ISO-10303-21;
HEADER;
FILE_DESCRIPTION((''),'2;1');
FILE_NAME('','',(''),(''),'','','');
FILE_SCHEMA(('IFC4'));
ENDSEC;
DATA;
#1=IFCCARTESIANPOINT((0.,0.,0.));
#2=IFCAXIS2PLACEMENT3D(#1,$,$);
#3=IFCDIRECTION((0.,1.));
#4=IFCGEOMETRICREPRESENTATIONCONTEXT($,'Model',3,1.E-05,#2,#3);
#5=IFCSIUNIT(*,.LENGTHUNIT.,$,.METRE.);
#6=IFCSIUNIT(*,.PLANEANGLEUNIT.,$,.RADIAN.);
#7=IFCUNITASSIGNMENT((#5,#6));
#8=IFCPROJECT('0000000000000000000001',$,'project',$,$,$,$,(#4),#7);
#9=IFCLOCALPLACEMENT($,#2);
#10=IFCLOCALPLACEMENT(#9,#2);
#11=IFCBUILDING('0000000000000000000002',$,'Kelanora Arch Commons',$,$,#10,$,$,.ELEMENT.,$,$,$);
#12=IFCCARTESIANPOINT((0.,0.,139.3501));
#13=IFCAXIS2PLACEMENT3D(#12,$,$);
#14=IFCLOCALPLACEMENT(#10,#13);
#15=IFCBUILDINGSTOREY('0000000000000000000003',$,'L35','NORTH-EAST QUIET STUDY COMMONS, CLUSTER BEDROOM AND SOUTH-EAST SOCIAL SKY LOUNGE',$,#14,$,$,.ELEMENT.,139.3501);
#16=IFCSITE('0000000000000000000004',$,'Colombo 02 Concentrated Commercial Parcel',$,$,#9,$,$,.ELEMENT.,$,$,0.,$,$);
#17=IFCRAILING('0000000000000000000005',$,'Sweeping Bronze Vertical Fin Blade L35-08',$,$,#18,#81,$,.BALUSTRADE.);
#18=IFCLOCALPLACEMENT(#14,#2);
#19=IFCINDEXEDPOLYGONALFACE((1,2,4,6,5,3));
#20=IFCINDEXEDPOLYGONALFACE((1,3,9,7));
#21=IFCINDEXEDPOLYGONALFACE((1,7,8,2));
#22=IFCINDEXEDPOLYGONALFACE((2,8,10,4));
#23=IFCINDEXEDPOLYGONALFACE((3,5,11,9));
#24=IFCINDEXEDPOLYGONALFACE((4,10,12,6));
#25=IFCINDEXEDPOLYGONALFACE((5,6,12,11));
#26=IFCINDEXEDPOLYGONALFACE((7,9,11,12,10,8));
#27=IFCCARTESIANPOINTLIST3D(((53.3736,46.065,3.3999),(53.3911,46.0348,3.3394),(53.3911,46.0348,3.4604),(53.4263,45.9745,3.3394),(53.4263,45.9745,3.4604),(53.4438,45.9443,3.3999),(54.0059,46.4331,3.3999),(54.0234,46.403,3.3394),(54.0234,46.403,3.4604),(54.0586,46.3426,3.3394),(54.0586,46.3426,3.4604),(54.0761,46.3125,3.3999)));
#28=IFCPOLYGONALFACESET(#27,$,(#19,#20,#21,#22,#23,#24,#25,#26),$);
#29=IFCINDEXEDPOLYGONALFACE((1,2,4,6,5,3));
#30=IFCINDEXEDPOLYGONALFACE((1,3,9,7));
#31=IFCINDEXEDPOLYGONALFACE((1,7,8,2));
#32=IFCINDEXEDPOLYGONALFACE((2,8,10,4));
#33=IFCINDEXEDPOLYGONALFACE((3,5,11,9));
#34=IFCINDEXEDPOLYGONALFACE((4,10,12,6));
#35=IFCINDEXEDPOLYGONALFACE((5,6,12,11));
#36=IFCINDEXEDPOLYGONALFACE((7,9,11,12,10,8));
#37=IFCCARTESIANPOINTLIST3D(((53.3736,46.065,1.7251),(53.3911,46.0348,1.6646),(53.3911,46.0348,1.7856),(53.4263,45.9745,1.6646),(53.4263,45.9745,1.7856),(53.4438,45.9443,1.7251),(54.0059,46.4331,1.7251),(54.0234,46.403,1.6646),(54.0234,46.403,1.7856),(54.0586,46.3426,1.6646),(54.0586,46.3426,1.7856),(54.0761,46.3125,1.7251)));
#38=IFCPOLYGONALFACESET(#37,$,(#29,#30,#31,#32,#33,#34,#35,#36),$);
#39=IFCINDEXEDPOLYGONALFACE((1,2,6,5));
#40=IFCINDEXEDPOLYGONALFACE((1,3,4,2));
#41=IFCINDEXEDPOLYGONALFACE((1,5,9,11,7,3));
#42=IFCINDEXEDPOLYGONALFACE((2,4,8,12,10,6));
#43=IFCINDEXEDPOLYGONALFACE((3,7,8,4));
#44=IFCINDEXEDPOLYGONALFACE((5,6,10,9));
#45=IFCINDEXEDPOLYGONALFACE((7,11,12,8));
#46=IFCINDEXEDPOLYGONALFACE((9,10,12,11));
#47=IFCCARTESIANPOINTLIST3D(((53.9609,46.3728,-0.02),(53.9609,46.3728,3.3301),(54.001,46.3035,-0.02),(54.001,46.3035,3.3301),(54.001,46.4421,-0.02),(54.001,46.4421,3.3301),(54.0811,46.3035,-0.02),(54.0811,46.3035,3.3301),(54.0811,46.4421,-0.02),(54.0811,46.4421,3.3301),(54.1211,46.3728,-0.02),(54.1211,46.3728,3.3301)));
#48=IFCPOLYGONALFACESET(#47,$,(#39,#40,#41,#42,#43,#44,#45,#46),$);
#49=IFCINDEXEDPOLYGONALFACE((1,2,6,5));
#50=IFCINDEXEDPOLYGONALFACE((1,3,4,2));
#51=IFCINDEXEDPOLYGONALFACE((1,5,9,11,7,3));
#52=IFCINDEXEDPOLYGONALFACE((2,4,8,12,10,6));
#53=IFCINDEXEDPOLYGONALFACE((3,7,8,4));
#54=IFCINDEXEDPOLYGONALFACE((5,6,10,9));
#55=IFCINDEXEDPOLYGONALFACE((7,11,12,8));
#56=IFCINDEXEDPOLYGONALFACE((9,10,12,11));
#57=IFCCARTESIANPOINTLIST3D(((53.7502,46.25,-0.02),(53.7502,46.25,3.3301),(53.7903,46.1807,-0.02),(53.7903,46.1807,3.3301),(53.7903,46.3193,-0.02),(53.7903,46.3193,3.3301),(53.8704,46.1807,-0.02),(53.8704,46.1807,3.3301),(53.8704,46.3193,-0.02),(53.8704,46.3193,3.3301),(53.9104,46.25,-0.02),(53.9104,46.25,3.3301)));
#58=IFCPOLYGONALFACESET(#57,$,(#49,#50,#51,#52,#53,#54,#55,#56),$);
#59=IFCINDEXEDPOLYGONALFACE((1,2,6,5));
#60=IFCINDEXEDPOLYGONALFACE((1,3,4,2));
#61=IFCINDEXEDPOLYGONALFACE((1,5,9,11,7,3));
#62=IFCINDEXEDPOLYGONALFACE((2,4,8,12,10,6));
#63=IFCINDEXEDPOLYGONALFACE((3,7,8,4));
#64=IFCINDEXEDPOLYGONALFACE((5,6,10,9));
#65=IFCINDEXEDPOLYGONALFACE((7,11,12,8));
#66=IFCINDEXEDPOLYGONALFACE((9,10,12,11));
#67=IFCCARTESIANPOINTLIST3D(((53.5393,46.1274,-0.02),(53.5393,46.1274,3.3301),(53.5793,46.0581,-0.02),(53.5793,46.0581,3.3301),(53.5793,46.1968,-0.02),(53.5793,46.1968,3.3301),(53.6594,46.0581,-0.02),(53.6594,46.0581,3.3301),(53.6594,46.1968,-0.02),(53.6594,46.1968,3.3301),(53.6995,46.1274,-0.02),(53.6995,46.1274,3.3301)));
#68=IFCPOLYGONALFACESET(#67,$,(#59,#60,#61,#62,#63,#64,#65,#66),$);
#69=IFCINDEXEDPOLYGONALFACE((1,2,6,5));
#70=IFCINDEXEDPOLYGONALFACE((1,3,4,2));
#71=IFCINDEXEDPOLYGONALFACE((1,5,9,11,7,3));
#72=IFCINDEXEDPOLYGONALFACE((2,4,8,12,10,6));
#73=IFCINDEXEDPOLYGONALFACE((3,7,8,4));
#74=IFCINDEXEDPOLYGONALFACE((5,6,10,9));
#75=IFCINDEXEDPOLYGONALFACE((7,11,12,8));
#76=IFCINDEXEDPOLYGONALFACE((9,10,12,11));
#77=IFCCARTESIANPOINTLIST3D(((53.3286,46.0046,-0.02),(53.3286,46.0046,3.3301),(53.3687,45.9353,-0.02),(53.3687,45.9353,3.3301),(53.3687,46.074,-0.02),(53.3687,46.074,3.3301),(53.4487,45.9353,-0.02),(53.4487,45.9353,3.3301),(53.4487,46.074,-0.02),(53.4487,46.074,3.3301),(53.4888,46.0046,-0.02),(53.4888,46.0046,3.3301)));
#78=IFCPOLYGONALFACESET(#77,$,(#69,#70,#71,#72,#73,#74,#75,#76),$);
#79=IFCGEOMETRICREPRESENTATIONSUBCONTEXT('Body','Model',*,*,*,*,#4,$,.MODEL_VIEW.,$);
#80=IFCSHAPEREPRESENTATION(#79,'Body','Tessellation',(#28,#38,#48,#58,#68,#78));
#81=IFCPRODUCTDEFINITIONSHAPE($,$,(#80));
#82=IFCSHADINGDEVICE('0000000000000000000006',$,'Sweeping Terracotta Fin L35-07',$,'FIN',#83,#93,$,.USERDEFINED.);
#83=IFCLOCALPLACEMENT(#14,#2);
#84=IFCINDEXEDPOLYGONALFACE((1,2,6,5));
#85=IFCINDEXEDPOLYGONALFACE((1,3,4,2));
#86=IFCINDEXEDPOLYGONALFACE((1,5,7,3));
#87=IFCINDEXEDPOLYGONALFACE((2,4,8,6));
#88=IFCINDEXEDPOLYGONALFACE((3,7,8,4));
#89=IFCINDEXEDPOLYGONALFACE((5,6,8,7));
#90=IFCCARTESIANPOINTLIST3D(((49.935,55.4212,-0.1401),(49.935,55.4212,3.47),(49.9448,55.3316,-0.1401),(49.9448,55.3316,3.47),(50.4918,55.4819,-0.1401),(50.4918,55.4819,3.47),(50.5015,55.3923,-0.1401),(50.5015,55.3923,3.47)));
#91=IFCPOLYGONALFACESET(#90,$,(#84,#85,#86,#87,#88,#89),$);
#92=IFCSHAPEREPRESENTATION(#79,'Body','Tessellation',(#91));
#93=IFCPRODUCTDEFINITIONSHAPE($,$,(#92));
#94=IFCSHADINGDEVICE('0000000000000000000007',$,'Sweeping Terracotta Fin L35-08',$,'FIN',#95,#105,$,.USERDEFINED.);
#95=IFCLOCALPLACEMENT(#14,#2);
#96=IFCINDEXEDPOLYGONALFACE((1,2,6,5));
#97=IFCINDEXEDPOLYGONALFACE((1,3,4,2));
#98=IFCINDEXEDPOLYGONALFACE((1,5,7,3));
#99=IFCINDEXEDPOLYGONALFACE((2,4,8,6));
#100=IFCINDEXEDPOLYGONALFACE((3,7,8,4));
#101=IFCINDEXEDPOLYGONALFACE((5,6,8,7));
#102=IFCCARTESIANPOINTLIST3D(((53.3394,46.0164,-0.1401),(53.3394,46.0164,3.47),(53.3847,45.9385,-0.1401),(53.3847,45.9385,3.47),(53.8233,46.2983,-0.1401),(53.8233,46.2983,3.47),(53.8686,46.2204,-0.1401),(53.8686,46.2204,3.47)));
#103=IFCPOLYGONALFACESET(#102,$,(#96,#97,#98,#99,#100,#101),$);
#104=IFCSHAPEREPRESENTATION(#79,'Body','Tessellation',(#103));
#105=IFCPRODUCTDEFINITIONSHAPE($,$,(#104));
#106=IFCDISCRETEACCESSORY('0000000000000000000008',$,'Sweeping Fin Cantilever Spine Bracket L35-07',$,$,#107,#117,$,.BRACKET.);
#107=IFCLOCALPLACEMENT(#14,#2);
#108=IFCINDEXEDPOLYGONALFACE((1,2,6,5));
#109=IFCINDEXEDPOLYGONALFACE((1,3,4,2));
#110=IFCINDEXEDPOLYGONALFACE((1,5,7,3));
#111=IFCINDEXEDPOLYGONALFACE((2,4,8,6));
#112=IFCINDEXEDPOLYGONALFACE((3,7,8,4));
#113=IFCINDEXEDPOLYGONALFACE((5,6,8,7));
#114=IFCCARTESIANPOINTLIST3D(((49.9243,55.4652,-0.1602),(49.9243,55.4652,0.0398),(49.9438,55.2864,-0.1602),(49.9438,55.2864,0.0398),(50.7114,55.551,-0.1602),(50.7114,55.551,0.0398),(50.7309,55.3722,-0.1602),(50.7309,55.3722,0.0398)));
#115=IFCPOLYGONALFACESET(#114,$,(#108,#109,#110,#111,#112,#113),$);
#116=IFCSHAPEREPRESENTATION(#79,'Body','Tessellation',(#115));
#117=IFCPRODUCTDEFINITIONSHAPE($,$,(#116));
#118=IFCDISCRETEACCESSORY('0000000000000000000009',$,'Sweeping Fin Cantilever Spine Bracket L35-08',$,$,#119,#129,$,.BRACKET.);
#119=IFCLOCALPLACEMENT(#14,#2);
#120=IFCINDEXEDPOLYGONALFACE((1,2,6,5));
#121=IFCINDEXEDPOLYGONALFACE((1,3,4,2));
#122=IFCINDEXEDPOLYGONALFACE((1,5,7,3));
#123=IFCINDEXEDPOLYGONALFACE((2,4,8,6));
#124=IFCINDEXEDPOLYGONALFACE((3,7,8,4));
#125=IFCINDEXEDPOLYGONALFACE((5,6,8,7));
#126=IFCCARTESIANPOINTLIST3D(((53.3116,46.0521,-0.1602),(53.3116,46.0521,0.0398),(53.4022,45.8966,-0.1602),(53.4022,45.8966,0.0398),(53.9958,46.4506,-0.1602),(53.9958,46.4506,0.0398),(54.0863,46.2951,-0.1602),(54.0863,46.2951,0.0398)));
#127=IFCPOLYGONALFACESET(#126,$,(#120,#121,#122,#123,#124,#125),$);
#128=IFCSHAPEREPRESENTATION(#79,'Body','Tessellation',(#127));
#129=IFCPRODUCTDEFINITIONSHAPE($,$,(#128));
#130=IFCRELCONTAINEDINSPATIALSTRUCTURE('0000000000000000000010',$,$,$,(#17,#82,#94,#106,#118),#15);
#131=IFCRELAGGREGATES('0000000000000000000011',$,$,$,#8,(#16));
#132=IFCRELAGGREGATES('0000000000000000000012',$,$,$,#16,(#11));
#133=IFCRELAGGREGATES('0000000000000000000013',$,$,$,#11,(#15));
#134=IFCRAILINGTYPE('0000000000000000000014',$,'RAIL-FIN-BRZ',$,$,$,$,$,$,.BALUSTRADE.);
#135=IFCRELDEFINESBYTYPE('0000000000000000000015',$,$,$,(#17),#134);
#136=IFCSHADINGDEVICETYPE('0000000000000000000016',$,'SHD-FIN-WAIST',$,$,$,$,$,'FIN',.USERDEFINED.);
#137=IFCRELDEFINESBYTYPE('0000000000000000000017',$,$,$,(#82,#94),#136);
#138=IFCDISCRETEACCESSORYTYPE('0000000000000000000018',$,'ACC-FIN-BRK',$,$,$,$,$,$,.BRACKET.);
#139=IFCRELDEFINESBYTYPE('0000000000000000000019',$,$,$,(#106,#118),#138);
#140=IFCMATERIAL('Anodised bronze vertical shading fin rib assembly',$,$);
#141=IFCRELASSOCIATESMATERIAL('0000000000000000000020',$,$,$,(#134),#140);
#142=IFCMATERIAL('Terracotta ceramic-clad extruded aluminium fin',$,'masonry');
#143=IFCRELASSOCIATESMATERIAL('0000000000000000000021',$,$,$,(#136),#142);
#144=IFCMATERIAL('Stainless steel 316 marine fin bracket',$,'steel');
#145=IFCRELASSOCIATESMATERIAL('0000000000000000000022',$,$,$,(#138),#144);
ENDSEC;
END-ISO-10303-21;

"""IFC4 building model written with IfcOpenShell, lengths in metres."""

from ifc_helpers import new_model, si_unit, direction, frame, origin, origin_2d, place, context, subcontext, project, spatial, polyline, rectangle, outline, extrude, source, transform, mapped, material, type_object, element, save


model = new_model("IFC4")

# Units and contexts
model_context = context("Model", 3, precision=1e-05, world=origin(), true_north=direction((0.0, 1.0)))
body_context = subcontext(model_context, "Body", "Model", "MODEL_VIEW")
ifc_project = project(units=[si_unit("LENGTHUNIT", "METRE"), si_unit("PLANEANGLEUNIT", "RADIAN")], contexts=[model_context])

# Site, building, storey
site_placement = place(None, origin())
site = spatial("IfcSite", under=ifc_project, at=site_placement, Name="Colombo 02 Concentrated Commercial Parcel", CompositionType="ELEMENT", RefElevation=0.0)
building_placement = place(site_placement, origin())
building = spatial("IfcBuilding", under=site, at=building_placement, Name="Kelanora Arch Commons", CompositionType="ELEMENT")
storey_placement = place(building_placement, frame((0.0, 0.0, 139.3501)))
storey = spatial("IfcBuildingStorey", under=building, at=storey_placement, Name="L35", Description="NORTH-EAST QUIET STUDY COMMONS, CLUSTER BEDROOM AND SOUTH-EAST SOCIAL SKY LOUNGE", CompositionType="ELEMENT", Elevation=139.3501)

# Railing
ifc_material_1 = material(Name="Anodised bronze vertical shading fin rib assembly")
railing_type = type_object("IfcRailingType", Name="RAIL-FIN-BRZ", PredefinedType="BALUSTRADE", material=ifc_material_1)
railing_1_placement = place(storey_placement, frame((54.041, 46.3728, -0.02)))
element("IfcRailing", 1, at=railing_1_placement, inside=storey, type_object=railing_type, Name="Sweeping Bronze Vertical Fin Blade L35-08", PredefinedType="BALUSTRADE", context=body_context, shape_type="SweptSolid", body=[
    extrude(outline(polyline([(0.0698, 0.0), (0.0349, 0.0605), (-0.0349, 0.0605), (-0.0698, 0.0), (-0.0349, -0.0605), (0.0349, -0.0605), (0.0698, 0.0)])), frame((0.0, 0.0, 3.4199), z_axis=(-0.86419, -0.503165, 0.0), x_axis=(0.503165, -0.86419, 0.0)), (0.0, 0.0, 1.0), 0.7317),
    extrude(outline(polyline([(0.0698, 0.0), (0.0349, 0.0605), (-0.0349, 0.0605), (-0.0698, 0.0), (-0.0349, -0.0605), (0.0349, -0.0605), (0.0698, 0.0)])), frame((0.0, 0.0, 1.7451), z_axis=(-0.86419, -0.503165, 0.0), x_axis=(0.503165, -0.86419, 0.0)), (0.0, 0.0, 1.0), 0.7317),
    extrude(outline(polyline([(0.0801, 0.0), (0.04, 0.0693), (-0.04, 0.0693), (-0.0801, 0.0), (-0.04, -0.0693), (0.04, -0.0693), (0.0801, 0.0)])), origin(), (0.0, 0.0, 1.0), 3.3501),
    extrude(outline(polyline([(0.0801, 0.0), (0.04, 0.0693), (-0.04, 0.0693), (-0.0801, 0.0), (-0.04, -0.0693), (0.04, -0.0693), (0.0801, 0.0)])), frame((-0.2107, -0.1228, 0.0)), (0.0, 0.0, 1.0), 3.3501),
    extrude(outline(polyline([(0.0801, 0.0), (0.04, 0.0693), (-0.04, 0.0693), (-0.0801, 0.0), (-0.04, -0.0693), (0.04, -0.0693), (0.0801, 0.0)])), frame((-0.4216, -0.2454, 0.0)), (0.0, 0.0, 1.0), 3.3501),
    extrude(outline(polyline([(0.0801, 0.0), (0.04, 0.0693), (-0.04, 0.0693), (-0.0801, 0.0), (-0.04, -0.0693), (0.04, -0.0693), (0.0801, 0.0)])), frame((-0.6323, -0.3682, 0.0)), (0.0, 0.0, 1.0), 3.3501),
])

# Shading devices
ifc_material_2 = material(Name="Terracotta ceramic-clad extruded aluminium fin", Category="masonry")
shading_device_type = type_object("IfcShadingDeviceType", Name="SHD-FIN-WAIST", ElementType="FIN", PredefinedType="USERDEFINED", material=ifc_material_2)
shared_shape_1 = source(origin(), body_context, "Body", "SweptSolid", [
    extrude(rectangle(XDim=0.5601, YDim=0.0901, at=origin_2d()), origin(), (0.0, 0.0, 1.0), 3.6101),
])
for number, where, z_axis, x_axis, name in (
    (2, (50.2183, 55.4067, -0.1401), (0.0, 0.0, 1.0), (-0.994113, -0.108346, 0.0), "Sweeping Terracotta Fin L35-07"),
    (3, (53.604, 46.1184, -0.1401), (0.0, 0.0, 1.0), (-0.864099, -0.503322, 0.0), "Sweeping Terracotta Fin L35-08"),
):
    element("IfcShadingDevice", number, at=place(storey_placement, frame(where, z_axis=z_axis, x_axis=x_axis)), inside=storey, type_object=shading_device_type, Name=name, ObjectType="FIN", PredefinedType="USERDEFINED", context=body_context, shape_type="MappedRepresentation", body=[
        mapped(shared_shape_1, transform((0.0, 0.0, 0.0), scale=1.0)),
    ])

# Discrete accessories
ifc_material_3 = material(Name="Stainless steel 316 marine fin bracket", Category="steel")
discrete_accessory_type = type_object("IfcDiscreteAccessoryType", Name="ACC-FIN-BRK", PredefinedType="BRACKET", material=ifc_material_3)
shared_shape_2 = source(origin(), body_context, "Body", "SweptSolid", [
    extrude(rectangle(XDim=0.7917, YDim=0.1799, at=origin_2d()), origin(), (0.0, 0.0, 1.0), 0.2),
])
for number, where, z_axis, x_axis, name in (
    (4, (50.3276, 55.4187, -0.1602), (0.0, 0.0, 1.0), (-0.994113, -0.108346, 0.0), "Sweeping Fin Cantilever Spine Bracket L35-07"),
    (5, (53.699, 46.1736, -0.1602), (0.0, 0.0, 1.0), (-0.864099, -0.503322, 0.0), "Sweeping Fin Cantilever Spine Bracket L35-08"),
):
    element("IfcDiscreteAccessory", number, at=place(storey_placement, frame(where, z_axis=z_axis, x_axis=x_axis)), inside=storey, type_object=discrete_accessory_type, Name=name, PredefinedType="BRACKET", context=body_context, shape_type="MappedRepresentation", body=[
        mapped(shared_shape_2, transform((0.0, 0.0, 0.0), scale=1.0)),
    ])

save(model, "model.ifc")
